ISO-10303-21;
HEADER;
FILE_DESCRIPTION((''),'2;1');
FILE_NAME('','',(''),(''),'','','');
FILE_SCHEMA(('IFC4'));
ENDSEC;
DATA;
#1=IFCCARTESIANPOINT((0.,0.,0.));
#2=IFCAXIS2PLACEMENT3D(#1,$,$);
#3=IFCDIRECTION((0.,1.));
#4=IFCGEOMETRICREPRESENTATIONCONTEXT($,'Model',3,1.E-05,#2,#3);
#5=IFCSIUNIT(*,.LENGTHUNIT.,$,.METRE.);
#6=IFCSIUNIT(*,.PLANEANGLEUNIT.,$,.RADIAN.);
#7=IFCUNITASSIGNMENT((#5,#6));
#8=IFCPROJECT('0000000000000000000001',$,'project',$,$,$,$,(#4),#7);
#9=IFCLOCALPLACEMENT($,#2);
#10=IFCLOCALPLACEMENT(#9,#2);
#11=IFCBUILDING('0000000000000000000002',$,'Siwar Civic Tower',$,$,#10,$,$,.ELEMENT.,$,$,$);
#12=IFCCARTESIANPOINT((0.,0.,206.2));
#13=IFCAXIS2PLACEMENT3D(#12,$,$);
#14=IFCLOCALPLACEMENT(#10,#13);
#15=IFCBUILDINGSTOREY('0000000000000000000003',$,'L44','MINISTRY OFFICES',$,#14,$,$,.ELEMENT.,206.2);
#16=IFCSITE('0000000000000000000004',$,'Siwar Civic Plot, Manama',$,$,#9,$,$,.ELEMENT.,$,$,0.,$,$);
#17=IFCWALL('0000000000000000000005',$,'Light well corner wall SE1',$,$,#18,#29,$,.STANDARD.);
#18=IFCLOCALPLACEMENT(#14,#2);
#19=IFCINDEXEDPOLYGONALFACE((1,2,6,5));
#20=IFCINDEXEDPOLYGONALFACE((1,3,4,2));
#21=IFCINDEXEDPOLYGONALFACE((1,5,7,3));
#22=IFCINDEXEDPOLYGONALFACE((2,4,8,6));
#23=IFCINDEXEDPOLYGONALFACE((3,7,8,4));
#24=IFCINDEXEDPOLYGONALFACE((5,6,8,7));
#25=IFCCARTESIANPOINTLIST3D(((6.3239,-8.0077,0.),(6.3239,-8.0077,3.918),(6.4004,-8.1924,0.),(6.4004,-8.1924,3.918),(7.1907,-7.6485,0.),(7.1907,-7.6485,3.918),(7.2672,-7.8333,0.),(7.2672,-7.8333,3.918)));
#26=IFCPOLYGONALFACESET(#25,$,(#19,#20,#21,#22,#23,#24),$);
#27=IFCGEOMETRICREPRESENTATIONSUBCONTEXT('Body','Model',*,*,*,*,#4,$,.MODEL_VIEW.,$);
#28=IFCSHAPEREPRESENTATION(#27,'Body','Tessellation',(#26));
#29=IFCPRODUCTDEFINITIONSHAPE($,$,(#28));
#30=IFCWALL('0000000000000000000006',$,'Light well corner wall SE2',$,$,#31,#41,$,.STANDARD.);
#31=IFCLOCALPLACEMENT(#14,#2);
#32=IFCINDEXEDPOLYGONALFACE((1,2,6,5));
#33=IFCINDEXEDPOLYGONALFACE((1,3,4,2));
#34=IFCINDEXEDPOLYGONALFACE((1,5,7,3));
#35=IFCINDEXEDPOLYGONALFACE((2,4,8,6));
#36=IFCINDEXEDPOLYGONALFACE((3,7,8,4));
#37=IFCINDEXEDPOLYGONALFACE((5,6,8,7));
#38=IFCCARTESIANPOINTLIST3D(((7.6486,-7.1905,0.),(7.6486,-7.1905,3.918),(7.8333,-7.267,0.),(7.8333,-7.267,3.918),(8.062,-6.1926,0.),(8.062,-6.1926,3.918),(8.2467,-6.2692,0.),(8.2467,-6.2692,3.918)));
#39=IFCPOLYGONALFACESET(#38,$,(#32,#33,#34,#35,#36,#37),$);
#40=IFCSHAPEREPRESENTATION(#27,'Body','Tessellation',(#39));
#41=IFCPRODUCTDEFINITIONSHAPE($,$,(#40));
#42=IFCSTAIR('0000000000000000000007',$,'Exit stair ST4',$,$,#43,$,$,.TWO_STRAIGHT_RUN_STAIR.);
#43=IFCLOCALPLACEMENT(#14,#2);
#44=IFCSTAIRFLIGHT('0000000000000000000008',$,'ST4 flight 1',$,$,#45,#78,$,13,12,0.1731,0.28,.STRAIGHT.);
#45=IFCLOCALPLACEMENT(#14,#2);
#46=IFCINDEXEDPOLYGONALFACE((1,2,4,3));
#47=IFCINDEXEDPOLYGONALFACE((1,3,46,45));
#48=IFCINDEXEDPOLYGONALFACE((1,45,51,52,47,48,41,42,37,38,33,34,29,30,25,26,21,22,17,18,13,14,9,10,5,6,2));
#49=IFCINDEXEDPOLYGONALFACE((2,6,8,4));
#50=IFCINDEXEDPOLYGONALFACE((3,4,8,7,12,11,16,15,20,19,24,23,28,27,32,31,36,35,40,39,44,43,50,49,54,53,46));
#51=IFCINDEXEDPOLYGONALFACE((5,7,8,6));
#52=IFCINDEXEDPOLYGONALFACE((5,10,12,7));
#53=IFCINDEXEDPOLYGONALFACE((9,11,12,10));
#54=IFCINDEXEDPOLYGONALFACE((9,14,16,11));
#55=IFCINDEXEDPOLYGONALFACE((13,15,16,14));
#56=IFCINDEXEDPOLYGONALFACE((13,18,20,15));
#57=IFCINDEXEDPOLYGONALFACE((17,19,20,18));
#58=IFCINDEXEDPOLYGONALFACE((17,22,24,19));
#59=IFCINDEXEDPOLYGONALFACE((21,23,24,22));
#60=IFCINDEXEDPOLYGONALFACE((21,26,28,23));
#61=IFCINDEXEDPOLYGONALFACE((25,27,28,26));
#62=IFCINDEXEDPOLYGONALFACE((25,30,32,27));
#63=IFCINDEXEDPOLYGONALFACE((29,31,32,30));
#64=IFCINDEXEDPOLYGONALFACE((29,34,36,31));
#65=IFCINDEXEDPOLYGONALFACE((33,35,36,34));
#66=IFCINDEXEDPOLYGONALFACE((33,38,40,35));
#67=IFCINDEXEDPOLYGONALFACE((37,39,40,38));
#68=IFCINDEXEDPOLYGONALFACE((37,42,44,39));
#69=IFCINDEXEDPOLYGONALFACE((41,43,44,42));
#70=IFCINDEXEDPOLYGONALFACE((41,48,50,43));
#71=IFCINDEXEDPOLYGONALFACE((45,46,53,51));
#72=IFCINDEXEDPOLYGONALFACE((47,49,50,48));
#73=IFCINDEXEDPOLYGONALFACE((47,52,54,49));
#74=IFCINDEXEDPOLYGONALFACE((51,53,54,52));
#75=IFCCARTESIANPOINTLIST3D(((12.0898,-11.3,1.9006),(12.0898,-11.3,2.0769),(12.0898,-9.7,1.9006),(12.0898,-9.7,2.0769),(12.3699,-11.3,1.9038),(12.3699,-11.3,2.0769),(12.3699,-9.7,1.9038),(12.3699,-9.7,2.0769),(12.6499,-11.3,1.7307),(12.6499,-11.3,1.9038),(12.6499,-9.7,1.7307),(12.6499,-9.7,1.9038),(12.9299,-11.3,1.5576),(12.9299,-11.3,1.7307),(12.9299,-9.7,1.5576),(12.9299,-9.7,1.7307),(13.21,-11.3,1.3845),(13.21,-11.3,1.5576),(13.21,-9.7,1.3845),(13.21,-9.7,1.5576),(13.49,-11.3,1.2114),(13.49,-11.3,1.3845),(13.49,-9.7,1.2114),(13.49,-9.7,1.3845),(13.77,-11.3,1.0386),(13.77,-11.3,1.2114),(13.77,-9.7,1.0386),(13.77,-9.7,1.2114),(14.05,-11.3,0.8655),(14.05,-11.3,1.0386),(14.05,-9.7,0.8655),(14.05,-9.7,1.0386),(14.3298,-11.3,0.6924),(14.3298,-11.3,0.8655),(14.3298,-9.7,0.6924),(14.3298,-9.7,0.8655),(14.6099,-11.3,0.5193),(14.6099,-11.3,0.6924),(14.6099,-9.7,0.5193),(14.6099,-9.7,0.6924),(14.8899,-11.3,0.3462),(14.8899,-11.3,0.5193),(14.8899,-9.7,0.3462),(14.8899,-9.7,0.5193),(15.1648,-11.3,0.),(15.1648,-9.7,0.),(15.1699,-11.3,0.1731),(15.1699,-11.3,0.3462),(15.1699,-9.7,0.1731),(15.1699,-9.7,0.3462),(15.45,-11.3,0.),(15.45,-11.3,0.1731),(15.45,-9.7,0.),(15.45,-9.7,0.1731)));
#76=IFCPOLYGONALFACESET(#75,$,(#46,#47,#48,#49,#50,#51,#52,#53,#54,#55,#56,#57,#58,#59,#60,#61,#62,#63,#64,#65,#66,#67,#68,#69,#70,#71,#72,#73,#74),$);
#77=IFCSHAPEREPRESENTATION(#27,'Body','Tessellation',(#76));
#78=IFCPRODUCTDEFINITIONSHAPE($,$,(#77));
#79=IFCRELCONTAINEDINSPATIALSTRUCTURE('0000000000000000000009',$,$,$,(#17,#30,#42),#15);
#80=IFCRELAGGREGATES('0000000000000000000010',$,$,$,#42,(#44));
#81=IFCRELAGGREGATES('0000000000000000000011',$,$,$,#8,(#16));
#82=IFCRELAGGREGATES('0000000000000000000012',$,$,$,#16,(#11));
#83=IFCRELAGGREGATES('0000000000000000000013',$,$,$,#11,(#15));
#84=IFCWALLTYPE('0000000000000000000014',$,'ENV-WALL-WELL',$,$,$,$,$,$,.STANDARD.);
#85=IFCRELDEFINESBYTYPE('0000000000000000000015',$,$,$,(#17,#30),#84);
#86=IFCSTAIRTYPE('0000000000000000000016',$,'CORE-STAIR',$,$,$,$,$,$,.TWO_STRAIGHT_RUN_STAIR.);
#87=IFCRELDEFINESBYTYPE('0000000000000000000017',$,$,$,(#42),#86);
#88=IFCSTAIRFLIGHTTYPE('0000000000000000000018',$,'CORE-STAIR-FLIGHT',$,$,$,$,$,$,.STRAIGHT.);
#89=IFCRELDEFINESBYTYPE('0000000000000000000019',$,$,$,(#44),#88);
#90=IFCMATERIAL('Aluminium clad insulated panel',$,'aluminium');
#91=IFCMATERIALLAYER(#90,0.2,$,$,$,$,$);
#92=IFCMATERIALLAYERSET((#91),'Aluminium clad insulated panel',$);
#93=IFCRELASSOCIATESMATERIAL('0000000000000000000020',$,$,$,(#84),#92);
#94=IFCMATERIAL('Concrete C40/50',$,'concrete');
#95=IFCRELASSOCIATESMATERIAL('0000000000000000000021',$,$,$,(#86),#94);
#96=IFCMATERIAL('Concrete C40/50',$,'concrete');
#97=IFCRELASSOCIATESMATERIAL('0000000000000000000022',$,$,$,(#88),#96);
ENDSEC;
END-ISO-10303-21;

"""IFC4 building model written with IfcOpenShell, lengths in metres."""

from ifc_helpers import new_model, si_unit, direction, frame, frame_2d, origin, place, context, subcontext, project, spatial, polyline, rectangle, outline, extrude, material, layer, layer_set, type_object, element, aggregate, save


model = new_model("IFC4")

# Units and contexts
model_context = context("Model", 3, precision=1e-05, world=origin(), true_north=direction((0.0, 1.0)))
body_context = subcontext(model_context, "Body", "Model", "MODEL_VIEW")
ifc_project = project(units=[si_unit("LENGTHUNIT", "METRE"), si_unit("PLANEANGLEUNIT", "RADIAN")], contexts=[model_context])

# Site, building, storey
site_placement = place(None, origin())
site = spatial("IfcSite", under=ifc_project, at=site_placement, Name="Siwar Civic Plot, Manama", CompositionType="ELEMENT", RefElevation=0.0)
building_placement = place(site_placement, origin())
building = spatial("IfcBuilding", under=site, at=building_placement, Name="Siwar Civic Tower", CompositionType="ELEMENT")
storey_placement = place(building_placement, frame((0.0, 0.0, 206.2)))
storey = spatial("IfcBuildingStorey", under=building, at=storey_placement, Name="L44", Description="MINISTRY OFFICES", CompositionType="ELEMENT", Elevation=206.2)

# Walls
ifc_material_1 = material(Name="Aluminium clad insulated panel", Category="aluminium")
ifc_layer_1 = layer(ifc_material_1, 0.2)
ifc_layer_set_1 = layer_set([ifc_layer_1], Name="Aluminium clad insulated panel")
wall_type_1 = type_object("IfcWallType", Name="ENV-WALL-WELL", PredefinedType="STANDARD", material=ifc_layer_set_1)
wall_1_placement = place(storey_placement, frame((6.3621, -8.1001, 0.0), z_axis=(0.0, 0.0, 1.0), x_axis=(0.92383, 0.382804, 0.0)))
element("IfcWall", 1, at=wall_1_placement, inside=storey, type_object=wall_type_1, Name="Light well corner wall SE1", PredefinedType="STANDARD", context=body_context, shape_type="SweptSolid", body=[
    extrude(rectangle(XDim=0.9382, YDim=0.2, at=frame_2d((0.4692, 0.0))), origin(), (0.0, 0.0, 1.0), 3.918),
])
wall_2_placement = place(storey_placement, frame((7.741, -7.2288, 0.0), z_axis=(0.0, 0.0, 1.0), x_axis=(0.382704, 0.923871, 0.0)))
element("IfcWall", 2, at=wall_2_placement, inside=storey, type_object=wall_type_1, Name="Light well corner wall SE2", PredefinedType="STANDARD", context=body_context, shape_type="SweptSolid", body=[
    extrude(rectangle(XDim=1.0801, YDim=0.2, at=frame_2d((0.54, 0.0))), origin(), (0.0, 0.0, 1.0), 3.918),
])

# Stair, stair flight
ifc_material_2 = material(Name="Concrete C40/50", Category="concrete")
stair_type = type_object("IfcStairType", Name="CORE-STAIR", PredefinedType="TWO_STRAIGHT_RUN_STAIR", material=ifc_material_2)
stair_placement = place(storey_placement, origin())
stair = element("IfcStair", 3, at=stair_placement, inside=storey, type_object=stair_type, Name="Exit stair ST4", PredefinedType="TWO_STRAIGHT_RUN_STAIR")
ifc_material_3 = material(Name="Concrete C40/50", Category="concrete")
stair_flight_type = type_object("IfcStairFlightType", Name="CORE-STAIR-FLIGHT", PredefinedType="STRAIGHT", material=ifc_material_3)
stair_flight_placement = place(storey_placement, frame((15.45, -10.5, 0.0), z_axis=(0.0, 0.0, 1.0), x_axis=(-1.0, 0.0, 0.0)))
stair_flight = element("IfcStairFlight", 4, at=stair_flight_placement, type_object=stair_flight_type, Name="ST4 flight 1", NumberOfRisers=13, NumberOfTreads=12, PredefinedType="STRAIGHT", RiserHeight=0.1731, TreadLength=0.28, context=body_context, shape_type="SweptSolid", body=[
    extrude(outline(polyline([(0.0, 0.0), (0.0, 0.1731), (0.28, 0.1731), (0.28, 0.3462), (0.5601, 0.3462), (0.5601, 0.5193), (0.8401, 0.5193), (0.8401, 0.6924), (1.1201, 0.6924), (1.1201, 0.8655), (1.3999, 0.8655), (1.3999, 1.0386), (1.6799, 1.0386), (1.6799, 1.2114), (1.96, 1.2114), (1.96, 1.3845), (2.24, 1.3845), (2.24, 1.5576), (2.52, 1.5576), (2.52, 1.7307), (2.8, 1.7307), (2.8, 1.9038), (3.0801, 1.9038), (3.0801, 2.0769), (3.3601, 2.0769), (3.3601, 2.25), (3.3601, 1.9006), (0.2852, 0.0), (0.0, 0.0)])), frame((0.0, 0.8, 0.0), z_axis=(0.0, -1.0, 0.0), x_axis=(1.0, 0.0, 0.0)), (0.0, 0.0, 1.0), 1.6001),
])
aggregate(stair, [stair_flight])

save(model, "model.ifc")
